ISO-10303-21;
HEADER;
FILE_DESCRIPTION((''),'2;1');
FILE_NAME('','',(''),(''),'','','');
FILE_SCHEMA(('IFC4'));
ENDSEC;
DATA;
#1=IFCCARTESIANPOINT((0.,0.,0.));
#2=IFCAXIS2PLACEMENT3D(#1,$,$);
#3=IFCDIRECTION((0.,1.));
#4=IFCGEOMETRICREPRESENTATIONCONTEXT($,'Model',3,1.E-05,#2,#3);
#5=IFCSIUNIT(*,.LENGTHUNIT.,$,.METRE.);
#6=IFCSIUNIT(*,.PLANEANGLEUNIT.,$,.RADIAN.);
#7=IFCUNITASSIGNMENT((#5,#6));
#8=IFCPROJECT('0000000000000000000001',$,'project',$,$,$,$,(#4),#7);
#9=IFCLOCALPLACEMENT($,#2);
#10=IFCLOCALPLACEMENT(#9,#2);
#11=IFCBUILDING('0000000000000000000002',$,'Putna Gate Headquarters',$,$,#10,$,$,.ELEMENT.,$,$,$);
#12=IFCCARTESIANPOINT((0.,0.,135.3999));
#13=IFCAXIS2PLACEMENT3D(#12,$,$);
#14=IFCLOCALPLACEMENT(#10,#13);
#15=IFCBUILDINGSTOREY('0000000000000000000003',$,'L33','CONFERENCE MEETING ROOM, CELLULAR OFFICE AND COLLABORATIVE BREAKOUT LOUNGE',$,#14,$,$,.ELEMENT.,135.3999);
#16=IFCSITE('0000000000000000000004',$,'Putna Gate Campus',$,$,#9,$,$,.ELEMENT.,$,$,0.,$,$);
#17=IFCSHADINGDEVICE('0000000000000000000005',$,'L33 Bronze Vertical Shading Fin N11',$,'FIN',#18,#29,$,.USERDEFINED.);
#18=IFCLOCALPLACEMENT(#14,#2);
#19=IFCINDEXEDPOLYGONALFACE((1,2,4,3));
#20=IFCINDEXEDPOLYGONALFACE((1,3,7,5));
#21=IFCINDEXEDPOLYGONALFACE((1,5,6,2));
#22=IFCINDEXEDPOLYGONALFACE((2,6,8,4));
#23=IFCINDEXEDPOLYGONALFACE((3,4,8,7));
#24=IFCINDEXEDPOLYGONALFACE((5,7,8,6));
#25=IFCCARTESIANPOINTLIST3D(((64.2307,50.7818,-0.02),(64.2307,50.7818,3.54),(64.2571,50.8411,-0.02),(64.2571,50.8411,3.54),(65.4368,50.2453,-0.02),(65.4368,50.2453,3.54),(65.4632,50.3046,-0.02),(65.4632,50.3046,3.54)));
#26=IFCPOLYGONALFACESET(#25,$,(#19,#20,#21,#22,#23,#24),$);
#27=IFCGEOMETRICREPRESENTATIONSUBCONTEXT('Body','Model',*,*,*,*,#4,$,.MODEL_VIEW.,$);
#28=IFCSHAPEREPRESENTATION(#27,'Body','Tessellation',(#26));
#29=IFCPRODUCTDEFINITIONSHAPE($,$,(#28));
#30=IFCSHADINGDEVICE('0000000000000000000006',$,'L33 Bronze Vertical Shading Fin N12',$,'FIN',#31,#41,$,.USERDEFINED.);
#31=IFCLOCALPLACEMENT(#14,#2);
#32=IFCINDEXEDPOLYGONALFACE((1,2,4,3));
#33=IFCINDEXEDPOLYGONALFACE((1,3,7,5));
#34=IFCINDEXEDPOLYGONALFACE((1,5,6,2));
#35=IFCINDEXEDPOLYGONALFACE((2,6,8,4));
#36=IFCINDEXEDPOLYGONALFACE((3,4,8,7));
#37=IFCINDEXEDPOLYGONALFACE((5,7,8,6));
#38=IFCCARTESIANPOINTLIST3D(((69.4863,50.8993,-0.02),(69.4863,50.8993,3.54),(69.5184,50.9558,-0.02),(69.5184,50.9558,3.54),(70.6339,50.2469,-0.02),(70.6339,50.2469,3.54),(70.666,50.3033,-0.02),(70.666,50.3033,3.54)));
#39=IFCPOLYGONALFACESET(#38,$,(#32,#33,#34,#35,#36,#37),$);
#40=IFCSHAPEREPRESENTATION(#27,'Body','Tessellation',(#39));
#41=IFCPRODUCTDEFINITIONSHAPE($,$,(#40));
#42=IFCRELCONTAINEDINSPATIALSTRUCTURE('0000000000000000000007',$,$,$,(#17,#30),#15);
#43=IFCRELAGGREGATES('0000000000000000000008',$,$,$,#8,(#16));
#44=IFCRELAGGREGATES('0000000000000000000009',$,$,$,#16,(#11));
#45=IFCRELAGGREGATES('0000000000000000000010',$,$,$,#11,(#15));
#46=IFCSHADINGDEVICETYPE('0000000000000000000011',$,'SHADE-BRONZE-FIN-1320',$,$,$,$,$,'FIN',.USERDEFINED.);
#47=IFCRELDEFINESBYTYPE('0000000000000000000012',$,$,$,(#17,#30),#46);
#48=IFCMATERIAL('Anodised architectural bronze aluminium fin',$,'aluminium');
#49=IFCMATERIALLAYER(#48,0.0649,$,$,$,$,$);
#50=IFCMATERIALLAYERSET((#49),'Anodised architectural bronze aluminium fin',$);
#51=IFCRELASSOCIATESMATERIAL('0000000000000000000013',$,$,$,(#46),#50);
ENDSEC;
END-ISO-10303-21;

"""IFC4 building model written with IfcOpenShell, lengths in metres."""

from ifc_helpers import new_model, si_unit, direction, frame, origin, origin_2d, place, context, subcontext, project, spatial, rectangle, extrude, material, layer, layer_set, type_object, element, save


model = new_model("IFC4")

# Units and contexts
model_context = context("Model", 3, precision=1e-05, world=origin(), true_north=direction((0.0, 1.0)))
body_context = subcontext(model_context, "Body", "Model", "MODEL_VIEW")
ifc_project = project(units=[si_unit("LENGTHUNIT", "METRE"), si_unit("PLANEANGLEUNIT", "RADIAN")], contexts=[model_context])

# Site, building, storey
site_placement = place(None, origin())
site = spatial("IfcSite", under=ifc_project, at=site_placement, Name="Putna Gate Campus", CompositionType="ELEMENT", RefElevation=0.0)
building_placement = place(site_placement, origin())
building = spatial("IfcBuilding", under=site, at=building_placement, Name="Putna Gate Headquarters", CompositionType="ELEMENT")
storey_placement = place(building_placement, frame((0.0, 0.0, 135.3999)))
storey = spatial("IfcBuildingStorey", under=building, at=storey_placement, Name="L33", Description="CONFERENCE MEETING ROOM, CELLULAR OFFICE AND COLLABORATIVE BREAKOUT LOUNGE", CompositionType="ELEMENT", Elevation=135.3999)

# Shading devices
ifc_material_1 = material(Name="Anodised architectural bronze aluminium fin", Category="aluminium")
ifc_layer_1 = layer(ifc_material_1, 0.0649)
ifc_layer_set_1 = layer_set([ifc_layer_1], Name="Anodised architectural bronze aluminium fin")
shading_device_type = type_object("IfcShadingDeviceType", Name="SHADE-BRONZE-FIN-1320", ElementType="FIN", PredefinedType="USERDEFINED", material=ifc_layer_set_1)
for number, where, z_axis, x_axis, name in (
    (1, (64.8469, 50.5432, -0.02), (0.0, 0.0, 1.0), (-0.913687, 0.406418, 0.0), "L33 Bronze Vertical Shading Fin N11"),
    (2, (70.0762, 50.6013, -0.02), (0.0, 0.0, 1.0), (-0.869322, 0.494245, 0.0), "L33 Bronze Vertical Shading Fin N12"),
):
    element("IfcShadingDevice", number, at=place(storey_placement, frame(where, z_axis=z_axis, x_axis=x_axis)), inside=storey, type_object=shading_device_type, Name=name, ObjectType="FIN", PredefinedType="USERDEFINED", context=body_context, shape_type="SweptSolid", body=[
        extrude(rectangle(XDim=1.3201, YDim=0.0649, at=origin_2d()), origin(), (0.0, 0.0, 1.0), 3.5601),
    ])

save(model, "model.ifc")
